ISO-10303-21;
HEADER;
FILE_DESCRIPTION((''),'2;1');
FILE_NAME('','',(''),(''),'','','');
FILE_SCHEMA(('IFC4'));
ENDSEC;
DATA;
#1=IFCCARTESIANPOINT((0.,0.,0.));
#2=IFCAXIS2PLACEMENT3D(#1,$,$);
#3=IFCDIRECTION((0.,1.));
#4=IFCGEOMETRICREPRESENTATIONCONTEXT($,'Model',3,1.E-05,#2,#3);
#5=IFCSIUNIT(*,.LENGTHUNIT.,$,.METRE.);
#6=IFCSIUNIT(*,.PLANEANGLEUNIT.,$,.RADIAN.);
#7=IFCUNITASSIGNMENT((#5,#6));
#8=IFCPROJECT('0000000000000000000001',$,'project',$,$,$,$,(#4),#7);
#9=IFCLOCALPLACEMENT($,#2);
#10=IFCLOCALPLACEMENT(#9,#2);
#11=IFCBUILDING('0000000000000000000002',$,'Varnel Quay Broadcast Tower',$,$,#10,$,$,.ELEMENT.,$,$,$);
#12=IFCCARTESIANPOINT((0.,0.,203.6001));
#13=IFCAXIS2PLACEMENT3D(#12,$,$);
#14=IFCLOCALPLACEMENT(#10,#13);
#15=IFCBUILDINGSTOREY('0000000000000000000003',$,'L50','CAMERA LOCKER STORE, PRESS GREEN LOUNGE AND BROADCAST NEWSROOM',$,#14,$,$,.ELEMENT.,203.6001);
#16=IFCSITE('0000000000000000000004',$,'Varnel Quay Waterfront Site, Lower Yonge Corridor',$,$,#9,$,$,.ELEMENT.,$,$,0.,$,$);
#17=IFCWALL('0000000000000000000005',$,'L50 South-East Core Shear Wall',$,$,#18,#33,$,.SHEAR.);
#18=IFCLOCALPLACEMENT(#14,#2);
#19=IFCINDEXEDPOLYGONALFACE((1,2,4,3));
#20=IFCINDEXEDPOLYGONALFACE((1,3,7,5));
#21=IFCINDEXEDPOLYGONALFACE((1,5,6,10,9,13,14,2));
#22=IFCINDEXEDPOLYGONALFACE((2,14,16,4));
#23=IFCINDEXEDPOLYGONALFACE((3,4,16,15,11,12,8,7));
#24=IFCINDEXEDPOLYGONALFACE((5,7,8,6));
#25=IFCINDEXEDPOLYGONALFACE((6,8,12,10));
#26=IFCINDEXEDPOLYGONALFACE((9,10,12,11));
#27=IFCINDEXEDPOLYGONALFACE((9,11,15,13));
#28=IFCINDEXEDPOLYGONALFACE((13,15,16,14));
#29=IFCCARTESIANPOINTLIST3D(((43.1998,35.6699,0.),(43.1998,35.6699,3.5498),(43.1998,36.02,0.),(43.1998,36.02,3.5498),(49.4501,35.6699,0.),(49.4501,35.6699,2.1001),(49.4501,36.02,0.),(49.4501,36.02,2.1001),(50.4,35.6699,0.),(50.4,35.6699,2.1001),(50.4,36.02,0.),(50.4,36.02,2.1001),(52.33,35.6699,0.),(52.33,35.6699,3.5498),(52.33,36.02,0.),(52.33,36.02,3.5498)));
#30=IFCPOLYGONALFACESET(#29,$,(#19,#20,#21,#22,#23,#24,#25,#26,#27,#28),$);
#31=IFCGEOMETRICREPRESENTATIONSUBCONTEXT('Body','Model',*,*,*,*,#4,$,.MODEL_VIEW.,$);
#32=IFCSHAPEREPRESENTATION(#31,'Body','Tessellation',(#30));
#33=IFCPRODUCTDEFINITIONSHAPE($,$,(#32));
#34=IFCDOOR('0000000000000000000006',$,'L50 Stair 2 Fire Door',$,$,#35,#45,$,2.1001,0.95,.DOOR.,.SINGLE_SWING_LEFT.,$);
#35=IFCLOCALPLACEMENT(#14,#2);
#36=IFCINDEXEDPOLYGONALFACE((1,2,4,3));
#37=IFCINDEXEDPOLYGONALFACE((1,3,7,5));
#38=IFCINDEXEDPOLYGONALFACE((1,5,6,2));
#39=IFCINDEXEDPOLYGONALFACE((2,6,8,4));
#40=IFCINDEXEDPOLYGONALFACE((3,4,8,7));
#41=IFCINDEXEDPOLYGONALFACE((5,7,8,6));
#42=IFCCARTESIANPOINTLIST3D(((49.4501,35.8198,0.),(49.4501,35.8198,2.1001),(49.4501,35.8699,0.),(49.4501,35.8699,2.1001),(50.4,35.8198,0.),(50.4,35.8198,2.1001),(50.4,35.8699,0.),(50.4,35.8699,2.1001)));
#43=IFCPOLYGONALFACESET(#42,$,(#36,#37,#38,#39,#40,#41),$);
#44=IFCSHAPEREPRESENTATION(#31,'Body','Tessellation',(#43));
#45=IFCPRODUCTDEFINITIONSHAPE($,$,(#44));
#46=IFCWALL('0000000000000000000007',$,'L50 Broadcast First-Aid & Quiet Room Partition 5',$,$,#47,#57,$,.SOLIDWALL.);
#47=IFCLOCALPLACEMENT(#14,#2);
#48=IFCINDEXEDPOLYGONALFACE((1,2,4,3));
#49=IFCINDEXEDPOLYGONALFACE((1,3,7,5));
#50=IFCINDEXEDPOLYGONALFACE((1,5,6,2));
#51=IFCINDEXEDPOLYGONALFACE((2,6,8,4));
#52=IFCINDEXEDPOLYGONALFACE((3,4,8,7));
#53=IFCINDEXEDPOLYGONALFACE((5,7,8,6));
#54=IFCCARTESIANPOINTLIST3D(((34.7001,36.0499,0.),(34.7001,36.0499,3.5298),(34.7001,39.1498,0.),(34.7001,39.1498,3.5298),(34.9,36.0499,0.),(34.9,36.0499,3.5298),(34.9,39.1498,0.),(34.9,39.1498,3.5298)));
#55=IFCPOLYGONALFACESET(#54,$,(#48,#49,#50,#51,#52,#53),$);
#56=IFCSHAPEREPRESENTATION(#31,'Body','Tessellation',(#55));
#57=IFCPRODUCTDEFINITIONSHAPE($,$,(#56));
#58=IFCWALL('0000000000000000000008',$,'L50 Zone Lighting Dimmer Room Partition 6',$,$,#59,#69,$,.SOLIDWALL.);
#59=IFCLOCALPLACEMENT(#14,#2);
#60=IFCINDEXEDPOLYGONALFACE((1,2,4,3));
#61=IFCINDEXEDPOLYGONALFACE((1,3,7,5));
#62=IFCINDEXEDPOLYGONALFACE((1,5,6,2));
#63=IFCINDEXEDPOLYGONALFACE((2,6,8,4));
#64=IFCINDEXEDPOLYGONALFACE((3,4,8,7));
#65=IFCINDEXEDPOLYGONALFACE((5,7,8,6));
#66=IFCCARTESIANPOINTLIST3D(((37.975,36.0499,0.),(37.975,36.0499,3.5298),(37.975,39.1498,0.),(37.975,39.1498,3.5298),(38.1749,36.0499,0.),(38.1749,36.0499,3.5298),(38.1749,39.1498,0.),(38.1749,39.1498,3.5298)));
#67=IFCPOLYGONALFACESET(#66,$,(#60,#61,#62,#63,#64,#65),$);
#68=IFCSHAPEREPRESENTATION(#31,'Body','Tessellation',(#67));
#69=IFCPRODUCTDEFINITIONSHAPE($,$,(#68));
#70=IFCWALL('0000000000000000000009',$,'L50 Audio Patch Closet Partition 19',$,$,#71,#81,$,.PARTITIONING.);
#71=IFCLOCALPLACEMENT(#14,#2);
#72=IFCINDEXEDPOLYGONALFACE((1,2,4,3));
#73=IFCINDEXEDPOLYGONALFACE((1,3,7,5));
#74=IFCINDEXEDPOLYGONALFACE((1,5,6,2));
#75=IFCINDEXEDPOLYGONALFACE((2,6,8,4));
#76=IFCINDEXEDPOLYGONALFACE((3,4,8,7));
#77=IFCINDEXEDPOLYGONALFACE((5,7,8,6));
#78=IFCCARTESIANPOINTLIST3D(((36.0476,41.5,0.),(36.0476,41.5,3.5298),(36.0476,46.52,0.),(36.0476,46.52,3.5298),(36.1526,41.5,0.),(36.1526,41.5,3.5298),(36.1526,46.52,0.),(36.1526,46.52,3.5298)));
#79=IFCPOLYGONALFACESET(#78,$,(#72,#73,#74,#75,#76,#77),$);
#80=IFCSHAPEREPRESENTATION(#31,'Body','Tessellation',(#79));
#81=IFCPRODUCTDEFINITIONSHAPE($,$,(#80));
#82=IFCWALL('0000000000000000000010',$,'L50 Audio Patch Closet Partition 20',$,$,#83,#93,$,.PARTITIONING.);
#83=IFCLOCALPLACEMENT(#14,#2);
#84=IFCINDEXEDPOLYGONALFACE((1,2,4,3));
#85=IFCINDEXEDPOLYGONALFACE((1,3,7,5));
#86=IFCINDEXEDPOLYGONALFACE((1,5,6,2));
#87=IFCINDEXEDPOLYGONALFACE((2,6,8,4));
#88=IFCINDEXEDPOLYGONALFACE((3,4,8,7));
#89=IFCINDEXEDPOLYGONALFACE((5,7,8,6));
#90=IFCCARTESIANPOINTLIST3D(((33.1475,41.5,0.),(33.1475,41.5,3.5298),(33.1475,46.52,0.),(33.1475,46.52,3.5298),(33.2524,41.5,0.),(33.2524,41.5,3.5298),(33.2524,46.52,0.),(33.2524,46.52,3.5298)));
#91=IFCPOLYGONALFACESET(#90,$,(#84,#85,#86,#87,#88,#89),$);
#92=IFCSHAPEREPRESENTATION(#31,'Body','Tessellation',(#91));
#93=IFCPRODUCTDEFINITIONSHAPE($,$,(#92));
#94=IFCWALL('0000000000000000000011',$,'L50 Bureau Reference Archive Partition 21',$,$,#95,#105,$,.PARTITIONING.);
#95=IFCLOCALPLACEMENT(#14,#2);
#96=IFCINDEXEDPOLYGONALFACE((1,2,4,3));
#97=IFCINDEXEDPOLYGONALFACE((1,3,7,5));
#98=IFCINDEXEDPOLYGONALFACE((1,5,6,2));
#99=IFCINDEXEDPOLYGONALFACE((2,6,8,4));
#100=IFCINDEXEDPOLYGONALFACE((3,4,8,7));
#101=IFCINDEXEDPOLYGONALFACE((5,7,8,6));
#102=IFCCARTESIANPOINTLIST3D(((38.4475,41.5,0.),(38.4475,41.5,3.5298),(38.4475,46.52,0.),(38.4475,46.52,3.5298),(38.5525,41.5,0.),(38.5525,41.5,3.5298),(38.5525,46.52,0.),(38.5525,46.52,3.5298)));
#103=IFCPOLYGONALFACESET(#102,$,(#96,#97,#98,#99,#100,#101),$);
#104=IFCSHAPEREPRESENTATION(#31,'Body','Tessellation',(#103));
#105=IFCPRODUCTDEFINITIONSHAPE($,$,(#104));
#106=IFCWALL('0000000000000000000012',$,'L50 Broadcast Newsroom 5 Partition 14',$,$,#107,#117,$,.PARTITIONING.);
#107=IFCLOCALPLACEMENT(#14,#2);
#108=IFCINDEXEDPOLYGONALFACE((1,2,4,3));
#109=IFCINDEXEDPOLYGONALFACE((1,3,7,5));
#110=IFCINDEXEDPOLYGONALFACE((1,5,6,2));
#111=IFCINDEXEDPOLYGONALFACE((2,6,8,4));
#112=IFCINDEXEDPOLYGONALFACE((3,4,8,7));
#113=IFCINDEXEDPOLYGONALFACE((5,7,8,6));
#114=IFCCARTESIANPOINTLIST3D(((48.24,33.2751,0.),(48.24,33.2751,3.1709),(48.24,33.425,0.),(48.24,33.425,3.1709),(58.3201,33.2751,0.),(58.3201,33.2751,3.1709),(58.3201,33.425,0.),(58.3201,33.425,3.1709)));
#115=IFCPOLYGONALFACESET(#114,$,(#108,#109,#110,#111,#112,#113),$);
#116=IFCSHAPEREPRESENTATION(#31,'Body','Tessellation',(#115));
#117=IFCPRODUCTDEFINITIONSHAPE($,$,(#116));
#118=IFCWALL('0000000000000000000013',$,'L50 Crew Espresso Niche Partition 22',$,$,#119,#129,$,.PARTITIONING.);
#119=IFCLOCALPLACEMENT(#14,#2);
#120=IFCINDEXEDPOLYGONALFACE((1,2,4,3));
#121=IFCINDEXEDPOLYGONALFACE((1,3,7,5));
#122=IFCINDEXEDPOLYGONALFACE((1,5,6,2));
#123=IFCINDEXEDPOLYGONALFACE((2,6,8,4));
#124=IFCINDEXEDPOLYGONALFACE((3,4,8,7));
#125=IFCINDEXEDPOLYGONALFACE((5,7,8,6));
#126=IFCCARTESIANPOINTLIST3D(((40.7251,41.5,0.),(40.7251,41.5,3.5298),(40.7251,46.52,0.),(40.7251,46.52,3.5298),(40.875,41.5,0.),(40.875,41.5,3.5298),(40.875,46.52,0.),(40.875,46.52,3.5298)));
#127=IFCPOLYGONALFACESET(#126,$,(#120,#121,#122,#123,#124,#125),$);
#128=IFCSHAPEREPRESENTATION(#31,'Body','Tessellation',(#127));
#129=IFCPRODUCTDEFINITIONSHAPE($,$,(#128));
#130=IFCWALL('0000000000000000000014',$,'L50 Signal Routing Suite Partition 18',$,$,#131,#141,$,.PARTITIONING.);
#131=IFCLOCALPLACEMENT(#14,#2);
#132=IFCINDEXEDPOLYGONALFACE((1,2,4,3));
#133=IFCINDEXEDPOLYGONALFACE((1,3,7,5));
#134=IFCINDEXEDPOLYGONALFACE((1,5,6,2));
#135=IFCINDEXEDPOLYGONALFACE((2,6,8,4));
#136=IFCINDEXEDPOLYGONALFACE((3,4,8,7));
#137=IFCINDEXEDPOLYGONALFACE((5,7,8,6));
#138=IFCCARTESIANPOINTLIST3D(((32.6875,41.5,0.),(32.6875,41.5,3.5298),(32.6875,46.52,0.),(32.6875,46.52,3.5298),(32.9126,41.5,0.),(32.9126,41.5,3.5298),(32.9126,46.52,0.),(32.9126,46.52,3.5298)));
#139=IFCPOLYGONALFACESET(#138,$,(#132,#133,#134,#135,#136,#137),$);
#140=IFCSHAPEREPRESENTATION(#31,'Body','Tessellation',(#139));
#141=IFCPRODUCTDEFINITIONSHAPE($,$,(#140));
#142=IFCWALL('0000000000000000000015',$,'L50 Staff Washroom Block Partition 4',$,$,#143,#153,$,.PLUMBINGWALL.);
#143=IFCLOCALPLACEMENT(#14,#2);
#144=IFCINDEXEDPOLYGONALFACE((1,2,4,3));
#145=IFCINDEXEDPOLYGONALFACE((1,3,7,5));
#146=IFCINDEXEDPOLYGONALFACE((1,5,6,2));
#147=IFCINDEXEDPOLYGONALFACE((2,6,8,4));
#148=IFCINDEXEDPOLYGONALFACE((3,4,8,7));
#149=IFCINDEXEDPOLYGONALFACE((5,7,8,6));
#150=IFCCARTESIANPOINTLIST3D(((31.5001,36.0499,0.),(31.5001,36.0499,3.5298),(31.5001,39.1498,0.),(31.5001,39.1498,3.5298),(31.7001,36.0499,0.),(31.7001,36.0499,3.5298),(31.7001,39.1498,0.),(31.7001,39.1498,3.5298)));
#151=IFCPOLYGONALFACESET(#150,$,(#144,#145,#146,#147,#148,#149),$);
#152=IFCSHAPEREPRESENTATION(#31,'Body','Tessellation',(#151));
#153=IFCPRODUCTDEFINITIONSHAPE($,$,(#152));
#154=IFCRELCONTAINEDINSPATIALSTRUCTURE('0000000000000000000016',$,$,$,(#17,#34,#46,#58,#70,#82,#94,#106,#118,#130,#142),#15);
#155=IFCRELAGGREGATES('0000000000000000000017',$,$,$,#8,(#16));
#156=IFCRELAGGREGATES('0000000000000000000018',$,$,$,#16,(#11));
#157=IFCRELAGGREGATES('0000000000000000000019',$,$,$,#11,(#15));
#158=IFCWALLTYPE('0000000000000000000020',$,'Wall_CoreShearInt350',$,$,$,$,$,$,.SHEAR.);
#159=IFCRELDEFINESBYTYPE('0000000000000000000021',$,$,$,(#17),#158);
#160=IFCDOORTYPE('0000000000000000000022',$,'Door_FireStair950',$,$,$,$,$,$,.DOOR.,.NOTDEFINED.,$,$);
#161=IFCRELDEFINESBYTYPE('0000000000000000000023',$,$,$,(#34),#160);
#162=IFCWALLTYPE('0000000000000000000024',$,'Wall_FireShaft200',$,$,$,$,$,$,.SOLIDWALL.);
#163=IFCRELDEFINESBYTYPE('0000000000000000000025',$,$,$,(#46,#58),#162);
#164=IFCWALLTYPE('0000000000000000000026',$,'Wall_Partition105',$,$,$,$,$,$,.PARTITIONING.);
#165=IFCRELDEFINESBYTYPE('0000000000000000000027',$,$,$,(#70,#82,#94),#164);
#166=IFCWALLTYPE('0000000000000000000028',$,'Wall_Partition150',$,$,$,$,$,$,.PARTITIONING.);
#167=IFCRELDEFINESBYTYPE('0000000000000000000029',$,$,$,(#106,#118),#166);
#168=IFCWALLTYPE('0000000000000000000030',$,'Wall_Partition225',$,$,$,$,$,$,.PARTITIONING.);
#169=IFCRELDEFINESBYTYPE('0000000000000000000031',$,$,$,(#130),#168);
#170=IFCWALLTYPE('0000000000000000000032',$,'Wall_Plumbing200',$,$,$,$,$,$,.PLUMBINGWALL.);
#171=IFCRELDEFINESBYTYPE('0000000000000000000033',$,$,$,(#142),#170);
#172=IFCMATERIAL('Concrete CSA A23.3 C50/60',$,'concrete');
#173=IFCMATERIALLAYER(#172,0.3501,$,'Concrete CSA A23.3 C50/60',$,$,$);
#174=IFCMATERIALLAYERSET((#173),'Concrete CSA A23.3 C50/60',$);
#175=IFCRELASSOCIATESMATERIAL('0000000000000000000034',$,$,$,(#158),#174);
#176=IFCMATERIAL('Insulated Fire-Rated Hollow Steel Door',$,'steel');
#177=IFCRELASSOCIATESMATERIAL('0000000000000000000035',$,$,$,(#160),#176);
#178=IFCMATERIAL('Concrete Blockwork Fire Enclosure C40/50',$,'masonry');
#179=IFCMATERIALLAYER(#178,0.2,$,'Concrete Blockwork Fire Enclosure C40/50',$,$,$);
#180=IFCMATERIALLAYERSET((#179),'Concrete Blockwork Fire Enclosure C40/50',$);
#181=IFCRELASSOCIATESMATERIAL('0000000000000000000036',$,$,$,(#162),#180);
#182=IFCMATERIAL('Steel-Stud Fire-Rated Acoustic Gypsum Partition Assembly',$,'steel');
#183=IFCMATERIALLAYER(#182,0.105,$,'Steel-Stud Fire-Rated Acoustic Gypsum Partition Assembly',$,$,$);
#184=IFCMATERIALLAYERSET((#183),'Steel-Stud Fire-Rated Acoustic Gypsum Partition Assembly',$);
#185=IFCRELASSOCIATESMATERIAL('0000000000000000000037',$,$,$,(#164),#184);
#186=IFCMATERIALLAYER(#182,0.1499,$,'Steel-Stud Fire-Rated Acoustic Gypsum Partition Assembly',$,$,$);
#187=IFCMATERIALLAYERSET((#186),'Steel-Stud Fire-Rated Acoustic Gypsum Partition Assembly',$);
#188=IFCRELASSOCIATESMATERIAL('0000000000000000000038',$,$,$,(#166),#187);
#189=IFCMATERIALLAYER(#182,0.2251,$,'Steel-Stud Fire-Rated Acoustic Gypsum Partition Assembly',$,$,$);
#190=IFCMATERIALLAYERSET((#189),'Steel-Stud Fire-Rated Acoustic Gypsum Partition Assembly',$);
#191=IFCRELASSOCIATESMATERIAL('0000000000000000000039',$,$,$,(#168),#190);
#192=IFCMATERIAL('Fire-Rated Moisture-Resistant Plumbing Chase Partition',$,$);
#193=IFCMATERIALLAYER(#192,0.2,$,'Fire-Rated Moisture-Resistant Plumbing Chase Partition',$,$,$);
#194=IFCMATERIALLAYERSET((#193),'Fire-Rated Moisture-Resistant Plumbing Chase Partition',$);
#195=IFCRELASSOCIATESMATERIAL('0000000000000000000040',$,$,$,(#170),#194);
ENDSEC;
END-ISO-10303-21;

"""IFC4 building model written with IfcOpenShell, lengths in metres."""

from ifc_helpers import new_model, si_unit, direction, frame, frame_2d, origin, place, context, subcontext, project, spatial, rectangle, extrude, source, transform, mapped, material, layer, layer_set, type_object, type_shapes, element, fill, save


model = new_model("IFC4")

# Units and contexts
model_context = context("Model", 3, precision=1e-05, world=origin(), true_north=direction((0.0, 1.0)))
body_context = subcontext(model_context, "Body", "Model", "MODEL_VIEW")
ifc_project = project(units=[si_unit("LENGTHUNIT", "METRE"), si_unit("PLANEANGLEUNIT", "RADIAN")], contexts=[model_context])

# Site, building, storey
site_placement = place(None, origin())
site = spatial("IfcSite", under=ifc_project, at=site_placement, Name="Varnel Quay Waterfront Site, Lower Yonge Corridor", CompositionType="ELEMENT", RefElevation=0.0)
building_placement = place(site_placement, origin())
building = spatial("IfcBuilding", under=site, at=building_placement, Name="Varnel Quay Broadcast Tower", CompositionType="ELEMENT")
storey_placement = place(building_placement, frame((0.0, 0.0, 203.6001)))
storey = spatial("IfcBuildingStorey", under=building, at=storey_placement, Name="L50", Description="CAMERA LOCKER STORE, PRESS GREEN LOUNGE AND BROADCAST NEWSROOM", CompositionType="ELEMENT", Elevation=203.6001)

# Shared definitions
ifc_material_1 = material(Name="Concrete CSA A23.3 C50/60", Category="concrete")

# Wall, opening, door
ifc_layer_1 = layer(ifc_material_1, 0.3501, Name="Concrete CSA A23.3 C50/60")
ifc_layer_set_1 = layer_set([ifc_layer_1], Name="Concrete CSA A23.3 C50/60")
wall_type_1 = type_object("IfcWallType", Name="Wall_CoreShearInt350", PredefinedType="SHEAR", material=ifc_layer_set_1)
wall_1_placement = place(storey_placement, frame((43.2, 35.845, 0.0), z_axis=(0.0, 0.0, 1.0), x_axis=(1.0, 0.0, 0.0)))
wall_1 = element("IfcWall", 1, at=wall_1_placement, inside=storey, type_object=wall_type_1, Name="L50 South-East Core Shear Wall", PredefinedType="SHEAR", context=body_context, shape_type="SweptSolid", body=[
    extrude(rectangle(XDim=9.1301, YDim=0.3501, at=frame_2d((4.5649, 0.0))), origin(), (0.0, 0.0, 1.0), 3.5498),
])
opening_placement = place(wall_1_placement, frame((6.25, 0.0, 0.0)))
opening = element("IfcOpeningElement", 2, at=opening_placement, cuts=wall_1, PredefinedType="OPENING", context=body_context, shape_type="SweptSolid", body=[
    extrude(rectangle(XDim=0.95, YDim=2.1001, at=frame_2d((0.4751, 1.05))), frame((0.0, 0.1851, 0.0), z_axis=(0.0, -1.0, 0.0), x_axis=(1.0, 0.0, 0.0)), (0.0, 0.0, 1.0), 0.3701),
])
ifc_material_2 = material(Name="Insulated Fire-Rated Hollow Steel Door", Category="steel")
door_type = type_object("IfcDoorType", Name="Door_FireStair950", OperationType="NOTDEFINED", PredefinedType="DOOR", material=ifc_material_2)
shared_shape_1 = source(origin(), body_context, "Body", "SweptSolid", [
    extrude(rectangle(XDim=0.95, YDim=2.1001, at=frame_2d((0.4751, 1.05))), frame((0.0, 0.0249, 0.0), z_axis=(0.0, -1.0, 0.0), x_axis=(1.0, 0.0, 0.0)), (0.0, 0.0, 1.0), 0.05),
])
type_shapes(door_type, [shared_shape_1])
door_placement = place(opening_placement, origin())
door = element("IfcDoor", 3, at=door_placement, inside=storey, type_object=door_type, Name="L50 Stair 2 Fire Door", OperationType="SINGLE_SWING_LEFT", OverallHeight=2.1001, OverallWidth=0.95, PredefinedType="DOOR", context=body_context, shape_type="MappedRepresentation", body=[
    mapped(shared_shape_1, transform((0.0, 0.0, 0.0), x_axis=(1.0, 0.0, 0.0), y_axis=(0.0, 1.0, 0.0), z_axis=(0.0, 0.0, 1.0), scale=1.0)),
])
fill(opening, door)

# Walls
ifc_material_3 = material(Name="Concrete Blockwork Fire Enclosure C40/50", Category="masonry")
ifc_layer_2 = layer(ifc_material_3, 0.2, Name="Concrete Blockwork Fire Enclosure C40/50")
ifc_layer_set_2 = layer_set([ifc_layer_2], Name="Concrete Blockwork Fire Enclosure C40/50")
wall_type_2 = type_object("IfcWallType", Name="Wall_FireShaft200", PredefinedType="SOLIDWALL", material=ifc_layer_set_2)
for number, where, z_axis, x_axis, name in (
    (4, (34.8, 36.05, 0.0), (0.0, 0.0, 1.0), (0.0, 1.0, 0.0), "L50 Broadcast First-Aid & Quiet Room Partition 5"),
    (5, (38.075, 36.05, 0.0), (0.0, 0.0, 1.0), (0.0, 1.0, 0.0), "L50 Zone Lighting Dimmer Room Partition 6"),
):
    element("IfcWall", number, at=place(storey_placement, frame(where, z_axis=z_axis, x_axis=x_axis)), inside=storey, type_object=wall_type_2, Name=name, PredefinedType="SOLIDWALL", context=body_context, shape_type="SweptSolid", body=[
        extrude(rectangle(XDim=3.0999, YDim=0.2, at=frame_2d((1.5498, 0.0))), origin(), (0.0, 0.0, 1.0), 3.5298),
    ])
ifc_material_4 = material(Name="Steel-Stud Fire-Rated Acoustic Gypsum Partition Assembly", Category="steel")
ifc_layer_3 = layer(ifc_material_4, 0.105, Name="Steel-Stud Fire-Rated Acoustic Gypsum Partition Assembly")
ifc_layer_set_3 = layer_set([ifc_layer_3], Name="Steel-Stud Fire-Rated Acoustic Gypsum Partition Assembly")
wall_type_3 = type_object("IfcWallType", Name="Wall_Partition105", PredefinedType="PARTITIONING", material=ifc_layer_set_3)
for number, where, z_axis, x_axis, name in (
    (6, (36.1001, 41.5, 0.0), (0.0, 0.0, 1.0), (0.0, 1.0, 0.0), "L50 Audio Patch Closet Partition 19"),
    (7, (33.2, 41.5, 0.0), (0.0, 0.0, 1.0), (0.0, 1.0, 0.0), "L50 Audio Patch Closet Partition 20"),
    (8, (38.5, 41.5, 0.0), (0.0, 0.0, 1.0), (0.0, 1.0, 0.0), "L50 Bureau Reference Archive Partition 21"),
):
    element("IfcWall", number, at=place(storey_placement, frame(where, z_axis=z_axis, x_axis=x_axis)), inside=storey, type_object=wall_type_3, Name=name, PredefinedType="PARTITIONING", context=body_context, shape_type="SweptSolid", body=[
        extrude(rectangle(XDim=5.02, YDim=0.105, at=frame_2d((2.51, 0.0))), origin(), (0.0, 0.0, 1.0), 3.5298),
    ])
ifc_layer_4 = layer(ifc_material_4, 0.1499, Name="Steel-Stud Fire-Rated Acoustic Gypsum Partition Assembly")
ifc_layer_set_4 = layer_set([ifc_layer_4], Name="Steel-Stud Fire-Rated Acoustic Gypsum Partition Assembly")
wall_type_4 = type_object("IfcWallType", Name="Wall_Partition150", PredefinedType="PARTITIONING", material=ifc_layer_set_4)
wall_2_placement = place(storey_placement, frame((48.24, 33.3501, 0.0), z_axis=(0.0, 0.0, 1.0), x_axis=(1.0, 0.0, 0.0)))
element("IfcWall", 9, at=wall_2_placement, inside=storey, type_object=wall_type_4, Name="L50 Broadcast Newsroom 5 Partition 14", PredefinedType="PARTITIONING", context=body_context, shape_type="SweptSolid", body=[
    extrude(rectangle(XDim=10.0801, YDim=0.1499, at=frame_2d((5.04, 0.0))), origin(), (0.0, 0.0, 1.0), 3.1709),
])
wall_3_placement = place(storey_placement, frame((40.8, 41.5, 0.0), z_axis=(0.0, 0.0, 1.0), x_axis=(0.0, 1.0, 0.0)))
element("IfcWall", 10, at=wall_3_placement, inside=storey, type_object=wall_type_4, Name="L50 Crew Espresso Niche Partition 22", PredefinedType="PARTITIONING", context=body_context, shape_type="SweptSolid", body=[
    extrude(rectangle(XDim=5.02, YDim=0.1499, at=frame_2d((2.51, 0.0))), origin(), (0.0, 0.0, 1.0), 3.5298),
])
ifc_layer_5 = layer(ifc_material_4, 0.2251, Name="Steel-Stud Fire-Rated Acoustic Gypsum Partition Assembly")
ifc_layer_set_5 = layer_set([ifc_layer_5], Name="Steel-Stud Fire-Rated Acoustic Gypsum Partition Assembly")
wall_type_5 = type_object("IfcWallType", Name="Wall_Partition225", PredefinedType="PARTITIONING", material=ifc_layer_set_5)
wall_4_placement = place(storey_placement, frame((32.8, 41.5, 0.0), z_axis=(0.0, 0.0, 1.0), x_axis=(0.0, 1.0, 0.0)))
element("IfcWall", 11, at=wall_4_placement, inside=storey, type_object=wall_type_5, Name="L50 Signal Routing Suite Partition 18", PredefinedType="PARTITIONING", context=body_context, shape_type="SweptSolid", body=[
    extrude(rectangle(XDim=5.02, YDim=0.2251, at=frame_2d((2.51, 0.0))), origin(), (0.0, 0.0, 1.0), 3.5298),
])
ifc_material_5 = material(Name="Fire-Rated Moisture-Resistant Plumbing Chase Partition")
ifc_layer_6 = layer(ifc_material_5, 0.2, Name="Fire-Rated Moisture-Resistant Plumbing Chase Partition")
ifc_layer_set_6 = layer_set([ifc_layer_6], Name="Fire-Rated Moisture-Resistant Plumbing Chase Partition")
wall_type_6 = type_object("IfcWallType", Name="Wall_Plumbing200", PredefinedType="PLUMBINGWALL", material=ifc_layer_set_6)
wall_5_placement = place(storey_placement, frame((31.6001, 36.05, 0.0), z_axis=(0.0, 0.0, 1.0), x_axis=(0.0, 1.0, 0.0)))
element("IfcWall", 12, at=wall_5_placement, inside=storey, type_object=wall_type_6, Name="L50 Staff Washroom Block Partition 4", PredefinedType="PLUMBINGWALL", context=body_context, shape_type="SweptSolid", body=[
    extrude(rectangle(XDim=3.0999, YDim=0.2, at=frame_2d((1.5498, 0.0))), origin(), (0.0, 0.0, 1.0), 3.5298),
])

save(model, "model.ifc")
